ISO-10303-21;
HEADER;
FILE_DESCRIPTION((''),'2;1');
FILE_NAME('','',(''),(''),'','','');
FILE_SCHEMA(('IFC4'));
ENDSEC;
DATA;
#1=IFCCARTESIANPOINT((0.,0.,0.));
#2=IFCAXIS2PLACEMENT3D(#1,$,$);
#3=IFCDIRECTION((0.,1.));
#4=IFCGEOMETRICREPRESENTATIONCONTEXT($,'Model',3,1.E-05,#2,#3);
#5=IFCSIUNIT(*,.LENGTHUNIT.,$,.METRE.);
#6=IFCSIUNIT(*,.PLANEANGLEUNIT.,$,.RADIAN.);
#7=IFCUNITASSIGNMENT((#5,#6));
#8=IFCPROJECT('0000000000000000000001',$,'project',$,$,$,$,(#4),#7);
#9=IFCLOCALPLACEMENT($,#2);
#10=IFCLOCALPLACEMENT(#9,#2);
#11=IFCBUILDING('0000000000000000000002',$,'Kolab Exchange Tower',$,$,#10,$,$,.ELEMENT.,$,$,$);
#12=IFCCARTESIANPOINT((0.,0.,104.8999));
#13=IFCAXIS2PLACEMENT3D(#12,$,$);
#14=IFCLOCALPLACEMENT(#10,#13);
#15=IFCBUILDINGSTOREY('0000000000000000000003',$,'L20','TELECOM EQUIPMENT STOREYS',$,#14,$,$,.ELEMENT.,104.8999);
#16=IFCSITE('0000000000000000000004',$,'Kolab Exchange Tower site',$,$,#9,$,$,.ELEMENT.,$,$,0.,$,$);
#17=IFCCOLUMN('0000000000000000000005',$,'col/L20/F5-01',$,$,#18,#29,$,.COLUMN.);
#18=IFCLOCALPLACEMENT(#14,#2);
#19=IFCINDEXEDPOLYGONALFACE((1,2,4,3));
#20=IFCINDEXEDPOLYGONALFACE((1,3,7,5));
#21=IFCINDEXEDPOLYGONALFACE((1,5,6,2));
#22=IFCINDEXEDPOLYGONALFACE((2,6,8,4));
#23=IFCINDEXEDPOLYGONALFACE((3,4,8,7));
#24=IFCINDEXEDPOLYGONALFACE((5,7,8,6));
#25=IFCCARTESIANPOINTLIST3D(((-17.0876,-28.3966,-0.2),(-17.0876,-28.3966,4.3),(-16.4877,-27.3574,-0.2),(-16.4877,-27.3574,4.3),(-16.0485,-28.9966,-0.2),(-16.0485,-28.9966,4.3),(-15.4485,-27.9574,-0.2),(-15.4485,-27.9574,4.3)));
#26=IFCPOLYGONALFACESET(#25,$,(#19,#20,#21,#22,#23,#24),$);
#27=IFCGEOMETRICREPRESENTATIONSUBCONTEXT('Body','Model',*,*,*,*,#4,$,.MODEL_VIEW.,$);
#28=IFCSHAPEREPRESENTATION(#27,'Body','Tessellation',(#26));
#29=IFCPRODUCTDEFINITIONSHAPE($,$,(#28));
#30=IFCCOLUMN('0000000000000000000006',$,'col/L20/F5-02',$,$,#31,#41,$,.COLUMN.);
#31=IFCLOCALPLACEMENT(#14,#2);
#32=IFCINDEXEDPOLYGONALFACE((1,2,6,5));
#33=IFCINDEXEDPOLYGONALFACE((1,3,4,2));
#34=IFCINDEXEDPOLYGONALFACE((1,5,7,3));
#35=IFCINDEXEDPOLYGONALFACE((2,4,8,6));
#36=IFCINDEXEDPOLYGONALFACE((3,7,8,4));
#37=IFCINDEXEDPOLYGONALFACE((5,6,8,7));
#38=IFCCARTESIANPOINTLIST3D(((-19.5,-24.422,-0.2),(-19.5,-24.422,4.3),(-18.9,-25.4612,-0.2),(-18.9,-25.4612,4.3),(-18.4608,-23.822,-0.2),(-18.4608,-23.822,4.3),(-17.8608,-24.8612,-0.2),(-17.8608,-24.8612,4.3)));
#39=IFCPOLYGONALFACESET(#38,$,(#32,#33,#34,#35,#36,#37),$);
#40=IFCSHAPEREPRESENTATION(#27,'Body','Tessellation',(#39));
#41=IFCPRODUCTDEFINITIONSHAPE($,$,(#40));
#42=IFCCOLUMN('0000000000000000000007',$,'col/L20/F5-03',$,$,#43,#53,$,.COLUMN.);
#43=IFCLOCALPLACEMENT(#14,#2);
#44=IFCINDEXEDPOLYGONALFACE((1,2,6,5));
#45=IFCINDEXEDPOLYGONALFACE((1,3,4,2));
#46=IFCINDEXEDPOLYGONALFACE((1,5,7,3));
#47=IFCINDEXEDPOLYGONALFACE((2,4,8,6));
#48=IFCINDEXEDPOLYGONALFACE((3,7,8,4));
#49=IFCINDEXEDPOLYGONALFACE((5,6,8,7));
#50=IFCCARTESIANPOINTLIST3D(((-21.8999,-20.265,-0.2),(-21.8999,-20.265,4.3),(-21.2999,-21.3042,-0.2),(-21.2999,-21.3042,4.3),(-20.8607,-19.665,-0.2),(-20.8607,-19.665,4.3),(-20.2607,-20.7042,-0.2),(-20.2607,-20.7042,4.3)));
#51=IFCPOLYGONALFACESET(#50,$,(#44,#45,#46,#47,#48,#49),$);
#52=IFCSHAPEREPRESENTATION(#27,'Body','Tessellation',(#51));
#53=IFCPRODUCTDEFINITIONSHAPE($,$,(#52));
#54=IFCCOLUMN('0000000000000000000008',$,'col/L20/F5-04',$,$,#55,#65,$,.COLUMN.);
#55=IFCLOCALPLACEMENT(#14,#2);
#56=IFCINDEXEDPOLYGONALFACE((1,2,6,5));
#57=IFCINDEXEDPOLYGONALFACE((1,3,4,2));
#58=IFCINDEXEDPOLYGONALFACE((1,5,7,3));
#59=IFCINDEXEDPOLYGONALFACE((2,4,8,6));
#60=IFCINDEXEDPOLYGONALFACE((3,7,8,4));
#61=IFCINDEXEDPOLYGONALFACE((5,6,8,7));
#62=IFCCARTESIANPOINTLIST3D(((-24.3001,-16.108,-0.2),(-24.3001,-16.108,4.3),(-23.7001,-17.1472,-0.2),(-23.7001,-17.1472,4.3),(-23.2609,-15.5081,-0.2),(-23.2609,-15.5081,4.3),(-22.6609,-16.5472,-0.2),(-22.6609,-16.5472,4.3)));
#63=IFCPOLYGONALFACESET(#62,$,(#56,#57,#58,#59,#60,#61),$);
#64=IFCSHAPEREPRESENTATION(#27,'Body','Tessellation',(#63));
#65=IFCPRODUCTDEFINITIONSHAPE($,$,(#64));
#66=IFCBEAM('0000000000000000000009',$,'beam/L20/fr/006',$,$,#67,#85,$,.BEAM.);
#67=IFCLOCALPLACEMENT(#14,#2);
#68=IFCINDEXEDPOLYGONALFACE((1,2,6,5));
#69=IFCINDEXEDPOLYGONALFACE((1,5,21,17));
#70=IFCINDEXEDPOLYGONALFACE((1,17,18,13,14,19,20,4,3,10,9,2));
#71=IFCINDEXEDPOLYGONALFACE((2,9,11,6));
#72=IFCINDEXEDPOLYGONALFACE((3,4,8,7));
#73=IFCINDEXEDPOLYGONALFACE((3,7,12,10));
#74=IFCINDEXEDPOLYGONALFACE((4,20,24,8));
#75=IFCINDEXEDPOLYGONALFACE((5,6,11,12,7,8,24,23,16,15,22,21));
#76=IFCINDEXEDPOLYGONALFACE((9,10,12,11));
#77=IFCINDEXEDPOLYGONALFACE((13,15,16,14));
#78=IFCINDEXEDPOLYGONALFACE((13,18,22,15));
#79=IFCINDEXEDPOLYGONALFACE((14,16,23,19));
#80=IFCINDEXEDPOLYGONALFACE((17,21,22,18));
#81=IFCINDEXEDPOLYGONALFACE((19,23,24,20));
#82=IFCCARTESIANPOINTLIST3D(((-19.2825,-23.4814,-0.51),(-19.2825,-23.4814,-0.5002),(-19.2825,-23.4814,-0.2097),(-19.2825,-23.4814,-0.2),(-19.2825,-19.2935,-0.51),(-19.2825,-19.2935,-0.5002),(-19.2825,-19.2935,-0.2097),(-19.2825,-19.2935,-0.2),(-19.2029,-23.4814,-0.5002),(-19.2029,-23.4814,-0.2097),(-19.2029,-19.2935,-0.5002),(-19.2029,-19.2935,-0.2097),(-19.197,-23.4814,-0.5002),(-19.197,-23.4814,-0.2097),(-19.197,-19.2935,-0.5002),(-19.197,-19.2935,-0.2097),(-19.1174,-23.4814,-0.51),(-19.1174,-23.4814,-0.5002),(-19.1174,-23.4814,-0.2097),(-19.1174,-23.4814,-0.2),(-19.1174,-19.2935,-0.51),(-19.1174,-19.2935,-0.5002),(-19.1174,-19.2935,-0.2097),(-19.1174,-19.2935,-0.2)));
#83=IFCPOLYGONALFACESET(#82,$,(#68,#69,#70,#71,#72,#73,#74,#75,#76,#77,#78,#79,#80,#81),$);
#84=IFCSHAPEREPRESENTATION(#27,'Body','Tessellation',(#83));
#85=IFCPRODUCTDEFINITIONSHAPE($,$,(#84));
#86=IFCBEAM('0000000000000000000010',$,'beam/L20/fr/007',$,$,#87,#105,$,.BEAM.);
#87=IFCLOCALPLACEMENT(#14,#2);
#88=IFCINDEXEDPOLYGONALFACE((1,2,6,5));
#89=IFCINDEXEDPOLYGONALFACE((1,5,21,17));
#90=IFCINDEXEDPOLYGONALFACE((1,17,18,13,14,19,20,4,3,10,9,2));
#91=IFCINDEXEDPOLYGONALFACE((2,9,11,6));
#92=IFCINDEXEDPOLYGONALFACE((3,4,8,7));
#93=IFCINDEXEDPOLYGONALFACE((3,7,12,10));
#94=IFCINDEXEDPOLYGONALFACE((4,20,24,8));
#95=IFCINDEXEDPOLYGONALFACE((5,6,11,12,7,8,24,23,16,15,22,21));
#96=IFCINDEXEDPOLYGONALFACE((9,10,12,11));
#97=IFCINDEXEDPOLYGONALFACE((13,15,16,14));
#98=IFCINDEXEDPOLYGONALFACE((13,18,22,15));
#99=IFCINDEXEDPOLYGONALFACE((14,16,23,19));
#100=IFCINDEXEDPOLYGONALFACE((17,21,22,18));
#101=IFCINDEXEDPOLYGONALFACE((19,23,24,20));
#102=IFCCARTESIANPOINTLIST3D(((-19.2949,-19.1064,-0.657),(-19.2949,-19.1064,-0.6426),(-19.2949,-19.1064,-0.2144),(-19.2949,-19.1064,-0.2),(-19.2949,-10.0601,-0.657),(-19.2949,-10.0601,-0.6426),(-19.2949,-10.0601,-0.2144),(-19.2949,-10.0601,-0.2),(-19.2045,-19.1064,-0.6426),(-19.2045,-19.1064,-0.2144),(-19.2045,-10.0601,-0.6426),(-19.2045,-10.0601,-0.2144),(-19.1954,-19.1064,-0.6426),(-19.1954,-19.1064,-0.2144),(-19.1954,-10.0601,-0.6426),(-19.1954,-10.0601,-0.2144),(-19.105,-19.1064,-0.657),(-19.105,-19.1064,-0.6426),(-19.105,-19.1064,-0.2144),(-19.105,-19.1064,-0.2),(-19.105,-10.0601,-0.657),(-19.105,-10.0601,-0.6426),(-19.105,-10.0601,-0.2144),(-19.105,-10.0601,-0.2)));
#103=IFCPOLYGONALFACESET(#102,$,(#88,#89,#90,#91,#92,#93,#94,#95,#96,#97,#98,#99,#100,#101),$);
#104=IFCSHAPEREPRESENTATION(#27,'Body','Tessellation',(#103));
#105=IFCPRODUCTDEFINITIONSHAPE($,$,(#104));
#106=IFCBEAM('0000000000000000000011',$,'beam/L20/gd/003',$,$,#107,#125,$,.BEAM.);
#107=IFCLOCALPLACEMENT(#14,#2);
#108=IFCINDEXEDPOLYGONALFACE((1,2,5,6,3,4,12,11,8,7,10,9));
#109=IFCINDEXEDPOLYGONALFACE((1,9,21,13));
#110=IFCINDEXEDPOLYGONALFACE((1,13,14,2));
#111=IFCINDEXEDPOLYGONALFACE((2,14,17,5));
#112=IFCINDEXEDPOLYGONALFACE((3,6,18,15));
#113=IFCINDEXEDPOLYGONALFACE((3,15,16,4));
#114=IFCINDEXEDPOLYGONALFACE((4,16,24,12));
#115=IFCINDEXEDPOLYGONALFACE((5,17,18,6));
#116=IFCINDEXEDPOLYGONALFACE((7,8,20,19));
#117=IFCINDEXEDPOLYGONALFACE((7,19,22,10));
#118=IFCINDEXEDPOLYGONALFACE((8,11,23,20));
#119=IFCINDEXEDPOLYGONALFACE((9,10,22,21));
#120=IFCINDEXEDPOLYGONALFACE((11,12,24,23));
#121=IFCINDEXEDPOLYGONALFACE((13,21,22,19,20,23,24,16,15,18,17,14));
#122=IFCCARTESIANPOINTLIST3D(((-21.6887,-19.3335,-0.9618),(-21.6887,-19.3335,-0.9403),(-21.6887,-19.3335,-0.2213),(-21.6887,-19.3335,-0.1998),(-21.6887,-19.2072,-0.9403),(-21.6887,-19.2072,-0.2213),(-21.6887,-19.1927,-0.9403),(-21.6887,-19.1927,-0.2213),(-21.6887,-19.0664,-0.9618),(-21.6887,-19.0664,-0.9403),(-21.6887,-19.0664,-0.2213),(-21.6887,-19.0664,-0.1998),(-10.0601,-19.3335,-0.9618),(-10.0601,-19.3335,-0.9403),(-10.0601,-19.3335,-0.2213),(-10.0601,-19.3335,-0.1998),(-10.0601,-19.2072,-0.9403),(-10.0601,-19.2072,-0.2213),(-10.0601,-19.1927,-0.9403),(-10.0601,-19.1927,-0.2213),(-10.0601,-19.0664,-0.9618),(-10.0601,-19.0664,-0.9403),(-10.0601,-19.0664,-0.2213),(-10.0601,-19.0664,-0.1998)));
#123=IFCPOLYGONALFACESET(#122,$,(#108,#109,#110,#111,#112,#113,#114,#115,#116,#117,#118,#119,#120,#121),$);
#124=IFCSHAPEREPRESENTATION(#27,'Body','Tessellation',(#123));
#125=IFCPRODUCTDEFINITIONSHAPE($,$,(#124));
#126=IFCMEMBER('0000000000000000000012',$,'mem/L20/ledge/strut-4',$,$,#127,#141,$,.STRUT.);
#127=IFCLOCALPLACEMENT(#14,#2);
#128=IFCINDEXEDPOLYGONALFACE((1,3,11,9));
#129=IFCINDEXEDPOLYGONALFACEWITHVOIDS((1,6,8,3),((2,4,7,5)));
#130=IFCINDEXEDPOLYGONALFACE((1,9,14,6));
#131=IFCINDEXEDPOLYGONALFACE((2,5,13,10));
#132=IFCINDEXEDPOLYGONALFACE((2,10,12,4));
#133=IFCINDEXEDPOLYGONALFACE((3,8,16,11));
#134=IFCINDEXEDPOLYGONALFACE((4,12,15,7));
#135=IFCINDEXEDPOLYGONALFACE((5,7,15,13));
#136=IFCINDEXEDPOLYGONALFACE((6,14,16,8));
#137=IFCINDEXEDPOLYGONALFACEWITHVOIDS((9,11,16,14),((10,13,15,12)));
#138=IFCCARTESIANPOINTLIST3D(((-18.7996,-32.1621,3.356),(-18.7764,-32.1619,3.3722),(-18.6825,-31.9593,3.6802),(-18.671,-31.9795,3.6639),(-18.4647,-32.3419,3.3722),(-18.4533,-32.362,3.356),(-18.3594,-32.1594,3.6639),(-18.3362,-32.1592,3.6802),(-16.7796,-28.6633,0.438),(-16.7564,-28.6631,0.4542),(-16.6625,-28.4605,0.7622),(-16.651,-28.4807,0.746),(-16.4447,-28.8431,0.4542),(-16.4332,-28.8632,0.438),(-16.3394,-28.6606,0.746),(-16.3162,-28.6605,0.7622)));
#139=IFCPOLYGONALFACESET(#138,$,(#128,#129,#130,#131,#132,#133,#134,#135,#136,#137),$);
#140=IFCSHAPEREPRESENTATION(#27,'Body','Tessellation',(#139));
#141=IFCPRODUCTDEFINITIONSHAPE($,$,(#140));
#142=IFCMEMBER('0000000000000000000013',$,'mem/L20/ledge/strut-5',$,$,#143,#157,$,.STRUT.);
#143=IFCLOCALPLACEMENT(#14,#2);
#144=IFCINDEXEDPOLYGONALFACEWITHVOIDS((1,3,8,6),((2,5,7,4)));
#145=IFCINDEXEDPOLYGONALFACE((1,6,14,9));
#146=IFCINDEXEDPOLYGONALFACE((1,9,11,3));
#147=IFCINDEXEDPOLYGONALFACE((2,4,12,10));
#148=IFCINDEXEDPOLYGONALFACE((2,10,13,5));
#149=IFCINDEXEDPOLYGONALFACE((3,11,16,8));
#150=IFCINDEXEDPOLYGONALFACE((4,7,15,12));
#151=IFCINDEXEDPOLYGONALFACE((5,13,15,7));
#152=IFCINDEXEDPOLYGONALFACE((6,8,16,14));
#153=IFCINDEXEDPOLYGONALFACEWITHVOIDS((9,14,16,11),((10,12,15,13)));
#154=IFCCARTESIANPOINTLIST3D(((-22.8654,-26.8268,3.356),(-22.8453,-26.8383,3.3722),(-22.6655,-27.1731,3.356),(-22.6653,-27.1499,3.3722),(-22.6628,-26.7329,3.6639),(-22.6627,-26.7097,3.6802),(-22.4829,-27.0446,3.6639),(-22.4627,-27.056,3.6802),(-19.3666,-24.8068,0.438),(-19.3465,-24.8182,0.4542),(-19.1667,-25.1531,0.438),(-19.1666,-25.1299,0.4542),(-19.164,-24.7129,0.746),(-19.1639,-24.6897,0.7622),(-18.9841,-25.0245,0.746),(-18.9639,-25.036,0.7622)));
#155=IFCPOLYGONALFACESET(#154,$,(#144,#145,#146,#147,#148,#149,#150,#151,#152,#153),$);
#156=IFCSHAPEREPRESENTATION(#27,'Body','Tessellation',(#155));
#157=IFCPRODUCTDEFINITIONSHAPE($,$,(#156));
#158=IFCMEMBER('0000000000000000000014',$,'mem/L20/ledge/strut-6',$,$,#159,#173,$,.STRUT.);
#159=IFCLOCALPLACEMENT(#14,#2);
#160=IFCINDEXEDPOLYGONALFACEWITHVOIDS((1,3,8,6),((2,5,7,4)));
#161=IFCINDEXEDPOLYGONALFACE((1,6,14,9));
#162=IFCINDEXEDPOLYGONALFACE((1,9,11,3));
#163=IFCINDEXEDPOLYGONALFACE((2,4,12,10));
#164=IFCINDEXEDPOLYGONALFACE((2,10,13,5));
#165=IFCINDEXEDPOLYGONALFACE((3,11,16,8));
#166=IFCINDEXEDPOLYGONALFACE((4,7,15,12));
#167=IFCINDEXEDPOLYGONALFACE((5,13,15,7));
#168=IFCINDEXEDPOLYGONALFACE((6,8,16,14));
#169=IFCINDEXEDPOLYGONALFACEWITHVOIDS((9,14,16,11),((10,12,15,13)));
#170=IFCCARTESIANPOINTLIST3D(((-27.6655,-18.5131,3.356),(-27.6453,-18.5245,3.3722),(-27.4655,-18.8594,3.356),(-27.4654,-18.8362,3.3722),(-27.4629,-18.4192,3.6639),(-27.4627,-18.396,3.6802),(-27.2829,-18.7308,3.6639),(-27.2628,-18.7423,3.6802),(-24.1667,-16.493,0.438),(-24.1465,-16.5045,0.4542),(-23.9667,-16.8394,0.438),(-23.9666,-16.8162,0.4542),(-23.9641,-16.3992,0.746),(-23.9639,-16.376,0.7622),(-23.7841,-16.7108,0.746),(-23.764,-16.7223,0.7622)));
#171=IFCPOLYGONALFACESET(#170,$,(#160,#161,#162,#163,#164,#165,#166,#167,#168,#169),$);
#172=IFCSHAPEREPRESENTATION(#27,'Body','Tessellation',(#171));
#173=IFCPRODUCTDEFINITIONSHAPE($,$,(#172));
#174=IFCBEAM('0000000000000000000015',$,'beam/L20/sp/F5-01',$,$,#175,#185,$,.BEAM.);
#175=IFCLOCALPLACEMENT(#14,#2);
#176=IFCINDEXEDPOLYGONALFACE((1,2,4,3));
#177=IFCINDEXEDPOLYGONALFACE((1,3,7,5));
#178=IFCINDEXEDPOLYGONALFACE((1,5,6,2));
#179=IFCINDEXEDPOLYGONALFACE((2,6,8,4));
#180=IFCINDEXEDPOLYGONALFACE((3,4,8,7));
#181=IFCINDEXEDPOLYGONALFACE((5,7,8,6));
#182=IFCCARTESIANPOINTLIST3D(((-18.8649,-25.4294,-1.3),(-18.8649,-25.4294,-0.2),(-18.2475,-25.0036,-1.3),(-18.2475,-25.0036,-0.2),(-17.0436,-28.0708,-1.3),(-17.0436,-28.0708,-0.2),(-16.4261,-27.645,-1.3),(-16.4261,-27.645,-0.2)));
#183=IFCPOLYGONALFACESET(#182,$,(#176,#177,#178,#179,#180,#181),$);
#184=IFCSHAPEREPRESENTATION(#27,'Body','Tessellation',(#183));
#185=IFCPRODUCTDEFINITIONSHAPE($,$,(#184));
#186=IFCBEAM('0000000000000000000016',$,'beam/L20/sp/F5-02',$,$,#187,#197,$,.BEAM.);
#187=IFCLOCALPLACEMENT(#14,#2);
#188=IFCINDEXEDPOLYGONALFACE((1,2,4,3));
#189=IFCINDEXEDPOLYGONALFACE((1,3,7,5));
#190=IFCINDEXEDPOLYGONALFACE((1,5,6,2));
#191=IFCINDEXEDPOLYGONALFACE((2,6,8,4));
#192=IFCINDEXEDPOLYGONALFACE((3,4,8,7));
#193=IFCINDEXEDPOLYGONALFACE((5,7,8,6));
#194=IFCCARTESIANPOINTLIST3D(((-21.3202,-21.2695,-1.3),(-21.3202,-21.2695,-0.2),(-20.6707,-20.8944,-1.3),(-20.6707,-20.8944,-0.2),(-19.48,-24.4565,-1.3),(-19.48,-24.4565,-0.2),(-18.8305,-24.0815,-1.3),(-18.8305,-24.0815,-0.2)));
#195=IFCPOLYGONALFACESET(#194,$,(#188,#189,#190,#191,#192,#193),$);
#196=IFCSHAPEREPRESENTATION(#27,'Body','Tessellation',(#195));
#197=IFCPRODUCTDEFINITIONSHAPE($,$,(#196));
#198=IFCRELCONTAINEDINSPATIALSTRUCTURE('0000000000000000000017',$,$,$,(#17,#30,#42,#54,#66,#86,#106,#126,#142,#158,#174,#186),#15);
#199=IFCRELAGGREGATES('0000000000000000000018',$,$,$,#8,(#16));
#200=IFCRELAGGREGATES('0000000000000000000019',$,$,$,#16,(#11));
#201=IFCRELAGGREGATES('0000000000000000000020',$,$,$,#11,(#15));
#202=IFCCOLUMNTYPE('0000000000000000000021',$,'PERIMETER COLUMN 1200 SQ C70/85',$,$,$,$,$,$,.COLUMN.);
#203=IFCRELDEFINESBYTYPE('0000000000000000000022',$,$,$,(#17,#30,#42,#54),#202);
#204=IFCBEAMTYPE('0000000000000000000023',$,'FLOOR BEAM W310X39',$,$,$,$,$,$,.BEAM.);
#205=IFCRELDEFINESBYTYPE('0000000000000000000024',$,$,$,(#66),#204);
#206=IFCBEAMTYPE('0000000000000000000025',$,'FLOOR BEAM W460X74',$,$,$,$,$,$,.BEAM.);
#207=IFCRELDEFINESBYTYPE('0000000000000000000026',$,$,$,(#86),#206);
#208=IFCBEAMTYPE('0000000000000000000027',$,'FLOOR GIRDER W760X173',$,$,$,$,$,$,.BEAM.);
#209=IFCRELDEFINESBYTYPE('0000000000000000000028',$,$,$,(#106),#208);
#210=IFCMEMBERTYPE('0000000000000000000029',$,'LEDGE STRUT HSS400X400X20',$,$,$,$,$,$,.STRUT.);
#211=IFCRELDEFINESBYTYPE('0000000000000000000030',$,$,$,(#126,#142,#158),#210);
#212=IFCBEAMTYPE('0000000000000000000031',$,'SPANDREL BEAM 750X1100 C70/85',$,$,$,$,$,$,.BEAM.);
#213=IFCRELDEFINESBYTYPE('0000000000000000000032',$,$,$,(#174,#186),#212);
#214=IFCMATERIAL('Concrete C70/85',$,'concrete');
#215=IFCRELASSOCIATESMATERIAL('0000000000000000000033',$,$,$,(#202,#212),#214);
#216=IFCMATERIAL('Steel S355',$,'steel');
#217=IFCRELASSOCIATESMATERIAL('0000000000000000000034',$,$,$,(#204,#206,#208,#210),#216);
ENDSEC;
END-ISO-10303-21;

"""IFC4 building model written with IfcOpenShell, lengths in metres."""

from ifc_helpers import new_model, si_unit, direction, frame, origin, origin_2d, place, context, subcontext, project, spatial, rectangle, hollow_rectangle, i_section, extrude, material, material_profile, profile_set, type_object, element, save


model = new_model("IFC4")

# Units and contexts
model_context = context("Model", 3, precision=1e-05, world=origin(), true_north=direction((0.0, 1.0)))
body_context = subcontext(model_context, "Body", "Model", "MODEL_VIEW")
ifc_project = project(units=[si_unit("LENGTHUNIT", "METRE"), si_unit("PLANEANGLEUNIT", "RADIAN")], contexts=[model_context])

# Site, building, storey
site_placement = place(None, origin())
site = spatial("IfcSite", under=ifc_project, at=site_placement, Name="Kolab Exchange Tower site", CompositionType="ELEMENT", RefElevation=0.0)
building_placement = place(site_placement, origin())
building = spatial("IfcBuilding", under=site, at=building_placement, Name="Kolab Exchange Tower", CompositionType="ELEMENT")
storey_placement = place(building_placement, frame((0.0, 0.0, 104.8999)))
storey = spatial("IfcBuildingStorey", under=building, at=storey_placement, Name="L20", Description="TELECOM EQUIPMENT STOREYS", CompositionType="ELEMENT", Elevation=104.8999)

# Columns
ifc_material_1 = material(Name="Concrete C70/85", Category="concrete")
ifc_material_profile_1 = material_profile(ifc_material_1, rectangle(XDim=1.2, YDim=1.2, at=origin_2d()), Name="RC1200")
ifc_profile_set_1 = profile_set([ifc_material_profile_1], Name="Concrete C70/85")
column_type = type_object("IfcColumnType", Name="PERIMETER COLUMN 1200 SQ C70/85", PredefinedType="COLUMN", material=ifc_profile_set_1)
for number, where, z_axis, x_axis, name in (
    (1, (-16.2681, -28.177, -0.2), (0.0, 0.0, 1.0), (0.5, 0.866025, 0.0), "col/L20/F5-01"),
    (2, (-18.6804, -24.6416, -0.2), (0.0, 0.0, 1.0), (0.866025, 0.5, 0.0), "col/L20/F5-02"),
    (3, (-21.0803, -20.4846, -0.2), (0.0, 0.0, 1.0), (0.866025, 0.5, 0.0), "col/L20/F5-03"),
    (4, (-23.4805, -16.3276, -0.2), (0.0, 0.0, 1.0), (0.866025, 0.5, 0.0), "col/L20/F5-04"),
):
    element("IfcColumn", number, at=place(storey_placement, frame(where, z_axis=z_axis, x_axis=x_axis)), inside=storey, type_object=column_type, Name=name, PredefinedType="COLUMN", context=body_context, shape_type="SweptSolid", body=[
        extrude(rectangle(XDim=1.2, YDim=1.2, at=origin_2d()), origin(), (0.0, 0.0, 1.0), 4.5),
    ])

# Beams
ifc_material_2 = material(Name="Steel S355", Category="steel")
ifc_material_profile_2 = material_profile(ifc_material_2, i_section(OverallWidth=0.165, OverallDepth=0.3101, WebThickness=0.0059, FlangeThickness=0.0098, at=origin_2d()), Name="W310X39")
ifc_profile_set_2 = profile_set([ifc_material_profile_2], Name="Steel S355")
beam_type_1 = type_object("IfcBeamType", Name="FLOOR BEAM W310X39", PredefinedType="BEAM", material=ifc_profile_set_2)
beam_1_placement = place(storey_placement, frame((-19.2, -23.4814, -0.355), z_axis=(0.0, 1.0, 0.0), x_axis=(-1.0, 0.0, 0.0)))
element("IfcBeam", 5, at=beam_1_placement, inside=storey, type_object=beam_type_1, Name="beam/L20/fr/006", PredefinedType="BEAM", context=body_context, shape_type="SweptSolid", body=[
    extrude(i_section(OverallWidth=0.165, OverallDepth=0.3101, WebThickness=0.0059, FlangeThickness=0.0098, at=origin_2d()), origin(), (0.0, 0.0, 1.0), 4.188),
])
ifc_material_profile_3 = material_profile(ifc_material_2, i_section(OverallWidth=0.1899, OverallDepth=0.457, WebThickness=0.009, FlangeThickness=0.0144, at=origin_2d()), Name="W460X74")
ifc_profile_set_3 = profile_set([ifc_material_profile_3], Name="Steel S355")
beam_type_2 = type_object("IfcBeamType", Name="FLOOR BEAM W460X74", PredefinedType="BEAM", material=ifc_profile_set_3)
beam_2_placement = place(storey_placement, frame((-19.2, -19.1064, -0.4285), z_axis=(0.0, 1.0, 0.0), x_axis=(-1.0, 0.0, 0.0)))
element("IfcBeam", 6, at=beam_2_placement, inside=storey, type_object=beam_type_2, Name="beam/L20/fr/007", PredefinedType="BEAM", context=body_context, shape_type="SweptSolid", body=[
    extrude(i_section(OverallWidth=0.1899, OverallDepth=0.457, WebThickness=0.009, FlangeThickness=0.0144, at=origin_2d()), origin(), (0.0, 0.0, 1.0), 9.0464),
])
ifc_material_profile_4 = material_profile(ifc_material_2, i_section(OverallWidth=0.2671, OverallDepth=0.762, WebThickness=0.0144, FlangeThickness=0.0215, at=origin_2d()), Name="W760X173")
ifc_profile_set_4 = profile_set([ifc_material_profile_4], Name="Steel S355")
beam_type_3 = type_object("IfcBeamType", Name="FLOOR GIRDER W760X173", PredefinedType="BEAM", material=ifc_profile_set_4)
beam_3_placement = place(storey_placement, frame((-21.6887, -19.2, -0.5808), z_axis=(1.0, 0.0, 0.0), x_axis=(0.0, 1.0, 0.0)))
element("IfcBeam", 7, at=beam_3_placement, inside=storey, type_object=beam_type_3, Name="beam/L20/gd/003", PredefinedType="BEAM", context=body_context, shape_type="SweptSolid", body=[
    extrude(i_section(OverallWidth=0.2671, OverallDepth=0.762, WebThickness=0.0144, FlangeThickness=0.0215, at=origin_2d()), origin(), (0.0, 0.0, 1.0), 11.6287),
])

# Members
ifc_material_profile_5 = material_profile(ifc_material_2, hollow_rectangle(XDim=0.3999, YDim=0.3999, WallThickness=0.02, at=origin_2d()), Name="HSS400X400X20")
ifc_profile_set_5 = profile_set([ifc_material_profile_5], Name="Steel S355")
member_type_1 = type_object("IfcMemberType", Name="LEDGE STRUT HSS400X400X20", PredefinedType="STRUT", material=ifc_profile_set_5)
for number, where, z_axis, x_axis, name in (
    (8, (-16.5479, -28.6619, 0.6001), (-0.405332, -0.702056, 0.585512), (0.866026, -0.5, 0.0), "mem/L20/ledge/strut-4"),
    (9, (-19.1653, -24.9214, 0.6001), (-0.702056, -0.405332, 0.585512), (0.5, -0.866026, 0.0), "mem/L20/ledge/strut-5"),
    (10, (-23.9653, -16.6077, 0.6001), (-0.702056, -0.405332, 0.585512), (0.5, -0.866026, 0.0), "mem/L20/ledge/strut-6"),
):
    element("IfcMember", number, at=place(storey_placement, frame(where, z_axis=z_axis, x_axis=x_axis)), inside=storey, type_object=member_type_1, Name=name, PredefinedType="STRUT", context=body_context, shape_type="SweptSolid", body=[
        extrude(hollow_rectangle(XDim=0.3999, YDim=0.3999, WallThickness=0.02, at=origin_2d()), origin(), (0.0, 0.0, 1.0), 4.9836),
    ])

# Beams
ifc_material_profile_6 = material_profile(ifc_material_1, rectangle(XDim=0.75, YDim=1.1001, at=origin_2d()), Name="RC750X1100")
ifc_profile_set_6 = profile_set([ifc_material_profile_6], Name="Concrete C70/85")
beam_type_4 = type_object("IfcBeamType", Name="SPANDREL BEAM 750X1100 C70/85", PredefinedType="BEAM", material=ifc_profile_set_6)
beam_4_placement = place(storey_placement, frame((-16.7349, -27.8579, -0.75), z_axis=(-0.567662, 0.823262, 0.0), x_axis=(-0.823262, -0.567662, 0.0)))
element("IfcBeam", 11, at=beam_4_placement, inside=storey, type_object=beam_type_4, Name="beam/L20/sp/F5-01", PredefinedType="BEAM", context=body_context, shape_type="SweptSolid", body=[
    extrude(rectangle(XDim=0.75, YDim=1.1001, at=origin_2d()), origin(), (0.0, 0.0, 1.0), 3.2085),
])
for number, where, z_axis, x_axis, name in (
    (12, (-19.1553, -24.269, -0.75), (-0.500013, 0.866018, 0.0), (-0.866018, -0.500013, 0.0), "beam/L20/sp/F5-02"),
):
    element("IfcBeam", number, at=place(storey_placement, frame(where, z_axis=z_axis, x_axis=x_axis)), inside=storey, type_object=beam_type_4, Name=name, PredefinedType="BEAM", context=body_context, shape_type="SweptSolid", body=[
        extrude(rectangle(XDim=0.75, YDim=1.1001, at=origin_2d()), origin(), (0.0, 0.0, 1.0), 3.6802),
    ])

save(model, "model.ifc")
